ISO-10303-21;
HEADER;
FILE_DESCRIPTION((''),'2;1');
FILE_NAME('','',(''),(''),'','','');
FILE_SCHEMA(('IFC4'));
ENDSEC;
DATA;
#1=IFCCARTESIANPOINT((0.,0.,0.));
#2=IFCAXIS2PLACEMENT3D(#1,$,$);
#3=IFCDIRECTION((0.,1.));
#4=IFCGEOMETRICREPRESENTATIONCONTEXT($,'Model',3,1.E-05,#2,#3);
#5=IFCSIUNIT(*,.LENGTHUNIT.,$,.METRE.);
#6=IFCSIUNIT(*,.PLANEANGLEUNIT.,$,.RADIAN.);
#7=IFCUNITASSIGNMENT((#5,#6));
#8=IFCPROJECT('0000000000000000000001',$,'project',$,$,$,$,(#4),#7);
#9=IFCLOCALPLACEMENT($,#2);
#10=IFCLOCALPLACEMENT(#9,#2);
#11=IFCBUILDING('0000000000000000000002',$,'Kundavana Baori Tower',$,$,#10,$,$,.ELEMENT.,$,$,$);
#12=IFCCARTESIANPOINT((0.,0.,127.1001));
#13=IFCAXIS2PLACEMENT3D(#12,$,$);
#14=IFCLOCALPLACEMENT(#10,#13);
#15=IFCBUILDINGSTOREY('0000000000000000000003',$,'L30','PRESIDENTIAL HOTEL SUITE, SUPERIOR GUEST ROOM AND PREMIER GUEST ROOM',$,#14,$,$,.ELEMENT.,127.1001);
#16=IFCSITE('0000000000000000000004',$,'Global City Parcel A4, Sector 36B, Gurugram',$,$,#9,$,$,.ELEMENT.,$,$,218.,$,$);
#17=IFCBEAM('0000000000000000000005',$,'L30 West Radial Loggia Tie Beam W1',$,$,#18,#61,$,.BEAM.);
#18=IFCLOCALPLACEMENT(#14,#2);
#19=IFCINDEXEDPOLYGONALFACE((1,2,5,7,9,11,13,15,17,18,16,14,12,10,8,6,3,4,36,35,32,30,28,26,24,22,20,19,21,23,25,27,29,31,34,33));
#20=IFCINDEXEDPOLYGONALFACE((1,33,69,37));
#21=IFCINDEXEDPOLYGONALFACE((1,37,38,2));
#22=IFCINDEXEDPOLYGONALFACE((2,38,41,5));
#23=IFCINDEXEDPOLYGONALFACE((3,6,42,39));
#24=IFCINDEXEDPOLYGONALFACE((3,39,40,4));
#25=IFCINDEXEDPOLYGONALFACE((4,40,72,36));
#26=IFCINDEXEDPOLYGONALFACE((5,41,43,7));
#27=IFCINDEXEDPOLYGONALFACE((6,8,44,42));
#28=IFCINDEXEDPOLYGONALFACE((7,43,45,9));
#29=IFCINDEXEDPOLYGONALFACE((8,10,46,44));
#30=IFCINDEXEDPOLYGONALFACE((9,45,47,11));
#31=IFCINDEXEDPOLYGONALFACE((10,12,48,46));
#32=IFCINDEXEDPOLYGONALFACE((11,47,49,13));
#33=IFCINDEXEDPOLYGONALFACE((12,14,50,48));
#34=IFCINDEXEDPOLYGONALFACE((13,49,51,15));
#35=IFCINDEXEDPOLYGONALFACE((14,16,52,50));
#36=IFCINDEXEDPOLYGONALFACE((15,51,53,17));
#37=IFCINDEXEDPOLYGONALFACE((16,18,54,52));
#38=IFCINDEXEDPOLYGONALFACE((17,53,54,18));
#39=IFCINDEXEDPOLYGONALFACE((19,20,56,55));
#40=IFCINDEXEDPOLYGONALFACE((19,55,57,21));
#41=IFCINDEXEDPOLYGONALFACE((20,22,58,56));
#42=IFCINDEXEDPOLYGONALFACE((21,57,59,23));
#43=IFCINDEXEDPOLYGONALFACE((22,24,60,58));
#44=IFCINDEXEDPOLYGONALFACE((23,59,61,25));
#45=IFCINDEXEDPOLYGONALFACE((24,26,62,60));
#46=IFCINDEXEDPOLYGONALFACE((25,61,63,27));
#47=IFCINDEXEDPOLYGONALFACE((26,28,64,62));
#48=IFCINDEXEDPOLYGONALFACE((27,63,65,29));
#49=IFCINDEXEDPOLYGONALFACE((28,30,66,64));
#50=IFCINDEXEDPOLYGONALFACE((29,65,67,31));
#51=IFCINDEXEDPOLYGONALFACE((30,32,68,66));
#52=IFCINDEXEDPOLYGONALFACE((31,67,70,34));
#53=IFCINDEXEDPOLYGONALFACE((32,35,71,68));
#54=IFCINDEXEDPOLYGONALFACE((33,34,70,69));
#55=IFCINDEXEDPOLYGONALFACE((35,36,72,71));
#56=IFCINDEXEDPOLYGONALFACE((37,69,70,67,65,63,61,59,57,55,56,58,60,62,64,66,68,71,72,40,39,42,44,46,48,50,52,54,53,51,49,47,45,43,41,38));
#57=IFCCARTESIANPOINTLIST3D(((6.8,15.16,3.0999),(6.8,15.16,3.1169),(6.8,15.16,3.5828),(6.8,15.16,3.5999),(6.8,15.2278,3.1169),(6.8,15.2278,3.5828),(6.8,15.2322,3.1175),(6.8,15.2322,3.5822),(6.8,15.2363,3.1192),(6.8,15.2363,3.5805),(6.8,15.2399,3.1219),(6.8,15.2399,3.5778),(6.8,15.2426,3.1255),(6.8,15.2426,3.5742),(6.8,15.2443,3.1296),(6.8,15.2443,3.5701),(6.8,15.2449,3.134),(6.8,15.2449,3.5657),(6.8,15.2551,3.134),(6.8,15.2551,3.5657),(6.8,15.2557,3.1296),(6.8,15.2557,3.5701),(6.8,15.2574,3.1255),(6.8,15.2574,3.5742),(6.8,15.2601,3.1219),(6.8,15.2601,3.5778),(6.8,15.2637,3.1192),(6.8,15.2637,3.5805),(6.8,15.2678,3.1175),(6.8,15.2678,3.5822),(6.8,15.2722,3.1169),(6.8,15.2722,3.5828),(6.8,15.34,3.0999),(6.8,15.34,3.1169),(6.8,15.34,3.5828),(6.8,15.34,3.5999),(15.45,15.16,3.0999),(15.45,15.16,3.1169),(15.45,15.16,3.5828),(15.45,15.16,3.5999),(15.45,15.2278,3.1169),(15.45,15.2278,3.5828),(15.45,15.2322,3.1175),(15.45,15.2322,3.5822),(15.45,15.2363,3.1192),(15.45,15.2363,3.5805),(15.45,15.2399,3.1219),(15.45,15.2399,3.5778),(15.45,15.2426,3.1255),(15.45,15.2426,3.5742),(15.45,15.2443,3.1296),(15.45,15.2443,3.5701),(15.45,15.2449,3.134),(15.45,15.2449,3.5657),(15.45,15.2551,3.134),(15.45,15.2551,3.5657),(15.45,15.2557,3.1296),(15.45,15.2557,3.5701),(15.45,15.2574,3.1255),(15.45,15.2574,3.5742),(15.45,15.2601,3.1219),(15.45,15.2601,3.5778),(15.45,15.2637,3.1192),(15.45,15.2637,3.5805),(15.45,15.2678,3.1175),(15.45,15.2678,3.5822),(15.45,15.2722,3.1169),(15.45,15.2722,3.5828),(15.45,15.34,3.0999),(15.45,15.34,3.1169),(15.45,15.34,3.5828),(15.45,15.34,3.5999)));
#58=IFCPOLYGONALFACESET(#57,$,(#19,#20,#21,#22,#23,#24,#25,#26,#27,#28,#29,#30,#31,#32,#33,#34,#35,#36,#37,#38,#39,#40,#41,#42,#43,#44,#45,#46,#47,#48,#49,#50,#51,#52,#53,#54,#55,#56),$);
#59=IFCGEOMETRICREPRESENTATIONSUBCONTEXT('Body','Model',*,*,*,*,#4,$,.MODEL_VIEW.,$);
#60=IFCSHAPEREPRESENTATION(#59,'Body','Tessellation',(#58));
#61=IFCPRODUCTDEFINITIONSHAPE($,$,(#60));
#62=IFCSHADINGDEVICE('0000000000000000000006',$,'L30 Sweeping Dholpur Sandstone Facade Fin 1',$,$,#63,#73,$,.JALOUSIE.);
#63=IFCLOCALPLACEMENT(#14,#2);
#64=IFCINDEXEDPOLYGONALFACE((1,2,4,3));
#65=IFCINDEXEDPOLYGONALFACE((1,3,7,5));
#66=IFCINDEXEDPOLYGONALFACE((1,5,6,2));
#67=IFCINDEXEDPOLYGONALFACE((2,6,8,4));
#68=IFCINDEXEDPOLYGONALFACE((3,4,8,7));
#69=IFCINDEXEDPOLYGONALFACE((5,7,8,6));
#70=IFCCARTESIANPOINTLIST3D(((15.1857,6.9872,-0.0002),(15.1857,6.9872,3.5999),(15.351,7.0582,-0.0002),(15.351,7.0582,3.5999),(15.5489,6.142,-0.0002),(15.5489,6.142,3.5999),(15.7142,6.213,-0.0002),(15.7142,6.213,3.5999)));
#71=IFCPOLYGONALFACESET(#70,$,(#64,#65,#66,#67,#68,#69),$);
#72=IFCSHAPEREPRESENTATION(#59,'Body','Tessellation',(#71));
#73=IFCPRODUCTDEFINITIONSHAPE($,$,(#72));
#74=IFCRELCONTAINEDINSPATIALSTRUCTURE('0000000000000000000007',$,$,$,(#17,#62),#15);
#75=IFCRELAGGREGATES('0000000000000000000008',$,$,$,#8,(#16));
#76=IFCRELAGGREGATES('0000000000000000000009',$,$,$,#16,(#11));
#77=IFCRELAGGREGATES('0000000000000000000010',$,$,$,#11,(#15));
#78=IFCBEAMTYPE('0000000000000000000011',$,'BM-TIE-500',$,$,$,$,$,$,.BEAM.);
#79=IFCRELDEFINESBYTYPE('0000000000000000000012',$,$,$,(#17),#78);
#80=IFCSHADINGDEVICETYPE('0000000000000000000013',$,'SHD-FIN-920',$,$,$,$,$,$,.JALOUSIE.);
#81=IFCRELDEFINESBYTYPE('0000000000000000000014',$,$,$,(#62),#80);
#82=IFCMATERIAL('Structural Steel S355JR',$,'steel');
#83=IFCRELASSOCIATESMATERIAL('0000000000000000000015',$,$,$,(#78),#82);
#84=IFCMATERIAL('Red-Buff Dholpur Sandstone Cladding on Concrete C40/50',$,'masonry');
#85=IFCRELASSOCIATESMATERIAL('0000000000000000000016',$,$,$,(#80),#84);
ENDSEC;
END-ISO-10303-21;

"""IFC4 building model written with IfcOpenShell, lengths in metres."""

from ifc_helpers import new_model, si_unit, direction, frame, origin, origin_2d, place, context, subcontext, project, spatial, rectangle, i_section, extrude, material, material_profile, profile_set, type_object, element, save


model = new_model("IFC4")

# Units and contexts
model_context = context("Model", 3, precision=1e-05, world=origin(), true_north=direction((0.0, 1.0)))
body_context = subcontext(model_context, "Body", "Model", "MODEL_VIEW")
ifc_project = project(units=[si_unit("LENGTHUNIT", "METRE"), si_unit("PLANEANGLEUNIT", "RADIAN")], contexts=[model_context])

# Site, building, storey
site_placement = place(None, origin())
site = spatial("IfcSite", under=ifc_project, at=site_placement, Name="Global City Parcel A4, Sector 36B, Gurugram", CompositionType="ELEMENT", RefElevation=218.0)
building_placement = place(site_placement, origin())
building = spatial("IfcBuilding", under=site, at=building_placement, Name="Kundavana Baori Tower", CompositionType="ELEMENT")
storey_placement = place(building_placement, frame((0.0, 0.0, 127.1001)))
storey = spatial("IfcBuildingStorey", under=building, at=storey_placement, Name="L30", Description="PRESIDENTIAL HOTEL SUITE, SUPERIOR GUEST ROOM AND PREMIER GUEST ROOM", CompositionType="ELEMENT", Elevation=127.1001)

# Beam
ifc_material_1 = material(Name="Structural Steel S355JR", Category="steel")
ifc_material_profile_1 = material_profile(ifc_material_1, i_section(OverallWidth=0.1799, OverallDepth=0.5, WebThickness=0.0103, FlangeThickness=0.0171, FilletRadius=0.0171, at=origin_2d()), Name="ISMB 500")
ifc_profile_set_1 = profile_set([ifc_material_profile_1], Name="Structural Steel S355JR")
beam_type_1 = type_object("IfcBeamType", Name="BM-TIE-500", PredefinedType="BEAM", material=ifc_profile_set_1)
for number, where, z_axis, x_axis, name in (
    (1, (15.45, 15.25, 3.3499), (-1.0, 0.0, 0.0), (0.0, -1.0, 0.0), "L30 West Radial Loggia Tie Beam W1"),
):
    element("IfcBeam", number, at=place(storey_placement, frame(where, z_axis=z_axis, x_axis=x_axis)), inside=storey, type_object=beam_type_1, Name=name, PredefinedType="BEAM", context=body_context, shape_type="SweptSolid", body=[
        extrude(i_section(OverallWidth=0.1799, OverallDepth=0.5, WebThickness=0.0103, FlangeThickness=0.0171, FilletRadius=0.0171, at=origin_2d()), origin(), (0.0, 0.0, 1.0), 8.6499),
    ])

# Shading device
ifc_material_2 = material(Name="Red-Buff Dholpur Sandstone Cladding on Concrete C40/50", Category="masonry")
shading_device_type = type_object("IfcShadingDeviceType", Name="SHD-FIN-920", PredefinedType="JALOUSIE", material=ifc_material_2)
shading_device_placement = place(storey_placement, frame((15.45, 6.6001, -0.0002), z_axis=(0.0, 0.0, 1.0), x_axis=(0.918791, 0.394744, 0.0)))
element("IfcShadingDevice", 2, at=shading_device_placement, inside=storey, type_object=shading_device_type, Name="L30 Sweeping Dholpur Sandstone Facade Fin 1", PredefinedType="JALOUSIE", context=body_context, shape_type="SweptSolid", body=[
    extrude(rectangle(XDim=0.1799, YDim=0.9199, at=origin_2d()), origin(), (0.0, 0.0, 1.0), 3.6001),
])

save(model, "model.ifc")
